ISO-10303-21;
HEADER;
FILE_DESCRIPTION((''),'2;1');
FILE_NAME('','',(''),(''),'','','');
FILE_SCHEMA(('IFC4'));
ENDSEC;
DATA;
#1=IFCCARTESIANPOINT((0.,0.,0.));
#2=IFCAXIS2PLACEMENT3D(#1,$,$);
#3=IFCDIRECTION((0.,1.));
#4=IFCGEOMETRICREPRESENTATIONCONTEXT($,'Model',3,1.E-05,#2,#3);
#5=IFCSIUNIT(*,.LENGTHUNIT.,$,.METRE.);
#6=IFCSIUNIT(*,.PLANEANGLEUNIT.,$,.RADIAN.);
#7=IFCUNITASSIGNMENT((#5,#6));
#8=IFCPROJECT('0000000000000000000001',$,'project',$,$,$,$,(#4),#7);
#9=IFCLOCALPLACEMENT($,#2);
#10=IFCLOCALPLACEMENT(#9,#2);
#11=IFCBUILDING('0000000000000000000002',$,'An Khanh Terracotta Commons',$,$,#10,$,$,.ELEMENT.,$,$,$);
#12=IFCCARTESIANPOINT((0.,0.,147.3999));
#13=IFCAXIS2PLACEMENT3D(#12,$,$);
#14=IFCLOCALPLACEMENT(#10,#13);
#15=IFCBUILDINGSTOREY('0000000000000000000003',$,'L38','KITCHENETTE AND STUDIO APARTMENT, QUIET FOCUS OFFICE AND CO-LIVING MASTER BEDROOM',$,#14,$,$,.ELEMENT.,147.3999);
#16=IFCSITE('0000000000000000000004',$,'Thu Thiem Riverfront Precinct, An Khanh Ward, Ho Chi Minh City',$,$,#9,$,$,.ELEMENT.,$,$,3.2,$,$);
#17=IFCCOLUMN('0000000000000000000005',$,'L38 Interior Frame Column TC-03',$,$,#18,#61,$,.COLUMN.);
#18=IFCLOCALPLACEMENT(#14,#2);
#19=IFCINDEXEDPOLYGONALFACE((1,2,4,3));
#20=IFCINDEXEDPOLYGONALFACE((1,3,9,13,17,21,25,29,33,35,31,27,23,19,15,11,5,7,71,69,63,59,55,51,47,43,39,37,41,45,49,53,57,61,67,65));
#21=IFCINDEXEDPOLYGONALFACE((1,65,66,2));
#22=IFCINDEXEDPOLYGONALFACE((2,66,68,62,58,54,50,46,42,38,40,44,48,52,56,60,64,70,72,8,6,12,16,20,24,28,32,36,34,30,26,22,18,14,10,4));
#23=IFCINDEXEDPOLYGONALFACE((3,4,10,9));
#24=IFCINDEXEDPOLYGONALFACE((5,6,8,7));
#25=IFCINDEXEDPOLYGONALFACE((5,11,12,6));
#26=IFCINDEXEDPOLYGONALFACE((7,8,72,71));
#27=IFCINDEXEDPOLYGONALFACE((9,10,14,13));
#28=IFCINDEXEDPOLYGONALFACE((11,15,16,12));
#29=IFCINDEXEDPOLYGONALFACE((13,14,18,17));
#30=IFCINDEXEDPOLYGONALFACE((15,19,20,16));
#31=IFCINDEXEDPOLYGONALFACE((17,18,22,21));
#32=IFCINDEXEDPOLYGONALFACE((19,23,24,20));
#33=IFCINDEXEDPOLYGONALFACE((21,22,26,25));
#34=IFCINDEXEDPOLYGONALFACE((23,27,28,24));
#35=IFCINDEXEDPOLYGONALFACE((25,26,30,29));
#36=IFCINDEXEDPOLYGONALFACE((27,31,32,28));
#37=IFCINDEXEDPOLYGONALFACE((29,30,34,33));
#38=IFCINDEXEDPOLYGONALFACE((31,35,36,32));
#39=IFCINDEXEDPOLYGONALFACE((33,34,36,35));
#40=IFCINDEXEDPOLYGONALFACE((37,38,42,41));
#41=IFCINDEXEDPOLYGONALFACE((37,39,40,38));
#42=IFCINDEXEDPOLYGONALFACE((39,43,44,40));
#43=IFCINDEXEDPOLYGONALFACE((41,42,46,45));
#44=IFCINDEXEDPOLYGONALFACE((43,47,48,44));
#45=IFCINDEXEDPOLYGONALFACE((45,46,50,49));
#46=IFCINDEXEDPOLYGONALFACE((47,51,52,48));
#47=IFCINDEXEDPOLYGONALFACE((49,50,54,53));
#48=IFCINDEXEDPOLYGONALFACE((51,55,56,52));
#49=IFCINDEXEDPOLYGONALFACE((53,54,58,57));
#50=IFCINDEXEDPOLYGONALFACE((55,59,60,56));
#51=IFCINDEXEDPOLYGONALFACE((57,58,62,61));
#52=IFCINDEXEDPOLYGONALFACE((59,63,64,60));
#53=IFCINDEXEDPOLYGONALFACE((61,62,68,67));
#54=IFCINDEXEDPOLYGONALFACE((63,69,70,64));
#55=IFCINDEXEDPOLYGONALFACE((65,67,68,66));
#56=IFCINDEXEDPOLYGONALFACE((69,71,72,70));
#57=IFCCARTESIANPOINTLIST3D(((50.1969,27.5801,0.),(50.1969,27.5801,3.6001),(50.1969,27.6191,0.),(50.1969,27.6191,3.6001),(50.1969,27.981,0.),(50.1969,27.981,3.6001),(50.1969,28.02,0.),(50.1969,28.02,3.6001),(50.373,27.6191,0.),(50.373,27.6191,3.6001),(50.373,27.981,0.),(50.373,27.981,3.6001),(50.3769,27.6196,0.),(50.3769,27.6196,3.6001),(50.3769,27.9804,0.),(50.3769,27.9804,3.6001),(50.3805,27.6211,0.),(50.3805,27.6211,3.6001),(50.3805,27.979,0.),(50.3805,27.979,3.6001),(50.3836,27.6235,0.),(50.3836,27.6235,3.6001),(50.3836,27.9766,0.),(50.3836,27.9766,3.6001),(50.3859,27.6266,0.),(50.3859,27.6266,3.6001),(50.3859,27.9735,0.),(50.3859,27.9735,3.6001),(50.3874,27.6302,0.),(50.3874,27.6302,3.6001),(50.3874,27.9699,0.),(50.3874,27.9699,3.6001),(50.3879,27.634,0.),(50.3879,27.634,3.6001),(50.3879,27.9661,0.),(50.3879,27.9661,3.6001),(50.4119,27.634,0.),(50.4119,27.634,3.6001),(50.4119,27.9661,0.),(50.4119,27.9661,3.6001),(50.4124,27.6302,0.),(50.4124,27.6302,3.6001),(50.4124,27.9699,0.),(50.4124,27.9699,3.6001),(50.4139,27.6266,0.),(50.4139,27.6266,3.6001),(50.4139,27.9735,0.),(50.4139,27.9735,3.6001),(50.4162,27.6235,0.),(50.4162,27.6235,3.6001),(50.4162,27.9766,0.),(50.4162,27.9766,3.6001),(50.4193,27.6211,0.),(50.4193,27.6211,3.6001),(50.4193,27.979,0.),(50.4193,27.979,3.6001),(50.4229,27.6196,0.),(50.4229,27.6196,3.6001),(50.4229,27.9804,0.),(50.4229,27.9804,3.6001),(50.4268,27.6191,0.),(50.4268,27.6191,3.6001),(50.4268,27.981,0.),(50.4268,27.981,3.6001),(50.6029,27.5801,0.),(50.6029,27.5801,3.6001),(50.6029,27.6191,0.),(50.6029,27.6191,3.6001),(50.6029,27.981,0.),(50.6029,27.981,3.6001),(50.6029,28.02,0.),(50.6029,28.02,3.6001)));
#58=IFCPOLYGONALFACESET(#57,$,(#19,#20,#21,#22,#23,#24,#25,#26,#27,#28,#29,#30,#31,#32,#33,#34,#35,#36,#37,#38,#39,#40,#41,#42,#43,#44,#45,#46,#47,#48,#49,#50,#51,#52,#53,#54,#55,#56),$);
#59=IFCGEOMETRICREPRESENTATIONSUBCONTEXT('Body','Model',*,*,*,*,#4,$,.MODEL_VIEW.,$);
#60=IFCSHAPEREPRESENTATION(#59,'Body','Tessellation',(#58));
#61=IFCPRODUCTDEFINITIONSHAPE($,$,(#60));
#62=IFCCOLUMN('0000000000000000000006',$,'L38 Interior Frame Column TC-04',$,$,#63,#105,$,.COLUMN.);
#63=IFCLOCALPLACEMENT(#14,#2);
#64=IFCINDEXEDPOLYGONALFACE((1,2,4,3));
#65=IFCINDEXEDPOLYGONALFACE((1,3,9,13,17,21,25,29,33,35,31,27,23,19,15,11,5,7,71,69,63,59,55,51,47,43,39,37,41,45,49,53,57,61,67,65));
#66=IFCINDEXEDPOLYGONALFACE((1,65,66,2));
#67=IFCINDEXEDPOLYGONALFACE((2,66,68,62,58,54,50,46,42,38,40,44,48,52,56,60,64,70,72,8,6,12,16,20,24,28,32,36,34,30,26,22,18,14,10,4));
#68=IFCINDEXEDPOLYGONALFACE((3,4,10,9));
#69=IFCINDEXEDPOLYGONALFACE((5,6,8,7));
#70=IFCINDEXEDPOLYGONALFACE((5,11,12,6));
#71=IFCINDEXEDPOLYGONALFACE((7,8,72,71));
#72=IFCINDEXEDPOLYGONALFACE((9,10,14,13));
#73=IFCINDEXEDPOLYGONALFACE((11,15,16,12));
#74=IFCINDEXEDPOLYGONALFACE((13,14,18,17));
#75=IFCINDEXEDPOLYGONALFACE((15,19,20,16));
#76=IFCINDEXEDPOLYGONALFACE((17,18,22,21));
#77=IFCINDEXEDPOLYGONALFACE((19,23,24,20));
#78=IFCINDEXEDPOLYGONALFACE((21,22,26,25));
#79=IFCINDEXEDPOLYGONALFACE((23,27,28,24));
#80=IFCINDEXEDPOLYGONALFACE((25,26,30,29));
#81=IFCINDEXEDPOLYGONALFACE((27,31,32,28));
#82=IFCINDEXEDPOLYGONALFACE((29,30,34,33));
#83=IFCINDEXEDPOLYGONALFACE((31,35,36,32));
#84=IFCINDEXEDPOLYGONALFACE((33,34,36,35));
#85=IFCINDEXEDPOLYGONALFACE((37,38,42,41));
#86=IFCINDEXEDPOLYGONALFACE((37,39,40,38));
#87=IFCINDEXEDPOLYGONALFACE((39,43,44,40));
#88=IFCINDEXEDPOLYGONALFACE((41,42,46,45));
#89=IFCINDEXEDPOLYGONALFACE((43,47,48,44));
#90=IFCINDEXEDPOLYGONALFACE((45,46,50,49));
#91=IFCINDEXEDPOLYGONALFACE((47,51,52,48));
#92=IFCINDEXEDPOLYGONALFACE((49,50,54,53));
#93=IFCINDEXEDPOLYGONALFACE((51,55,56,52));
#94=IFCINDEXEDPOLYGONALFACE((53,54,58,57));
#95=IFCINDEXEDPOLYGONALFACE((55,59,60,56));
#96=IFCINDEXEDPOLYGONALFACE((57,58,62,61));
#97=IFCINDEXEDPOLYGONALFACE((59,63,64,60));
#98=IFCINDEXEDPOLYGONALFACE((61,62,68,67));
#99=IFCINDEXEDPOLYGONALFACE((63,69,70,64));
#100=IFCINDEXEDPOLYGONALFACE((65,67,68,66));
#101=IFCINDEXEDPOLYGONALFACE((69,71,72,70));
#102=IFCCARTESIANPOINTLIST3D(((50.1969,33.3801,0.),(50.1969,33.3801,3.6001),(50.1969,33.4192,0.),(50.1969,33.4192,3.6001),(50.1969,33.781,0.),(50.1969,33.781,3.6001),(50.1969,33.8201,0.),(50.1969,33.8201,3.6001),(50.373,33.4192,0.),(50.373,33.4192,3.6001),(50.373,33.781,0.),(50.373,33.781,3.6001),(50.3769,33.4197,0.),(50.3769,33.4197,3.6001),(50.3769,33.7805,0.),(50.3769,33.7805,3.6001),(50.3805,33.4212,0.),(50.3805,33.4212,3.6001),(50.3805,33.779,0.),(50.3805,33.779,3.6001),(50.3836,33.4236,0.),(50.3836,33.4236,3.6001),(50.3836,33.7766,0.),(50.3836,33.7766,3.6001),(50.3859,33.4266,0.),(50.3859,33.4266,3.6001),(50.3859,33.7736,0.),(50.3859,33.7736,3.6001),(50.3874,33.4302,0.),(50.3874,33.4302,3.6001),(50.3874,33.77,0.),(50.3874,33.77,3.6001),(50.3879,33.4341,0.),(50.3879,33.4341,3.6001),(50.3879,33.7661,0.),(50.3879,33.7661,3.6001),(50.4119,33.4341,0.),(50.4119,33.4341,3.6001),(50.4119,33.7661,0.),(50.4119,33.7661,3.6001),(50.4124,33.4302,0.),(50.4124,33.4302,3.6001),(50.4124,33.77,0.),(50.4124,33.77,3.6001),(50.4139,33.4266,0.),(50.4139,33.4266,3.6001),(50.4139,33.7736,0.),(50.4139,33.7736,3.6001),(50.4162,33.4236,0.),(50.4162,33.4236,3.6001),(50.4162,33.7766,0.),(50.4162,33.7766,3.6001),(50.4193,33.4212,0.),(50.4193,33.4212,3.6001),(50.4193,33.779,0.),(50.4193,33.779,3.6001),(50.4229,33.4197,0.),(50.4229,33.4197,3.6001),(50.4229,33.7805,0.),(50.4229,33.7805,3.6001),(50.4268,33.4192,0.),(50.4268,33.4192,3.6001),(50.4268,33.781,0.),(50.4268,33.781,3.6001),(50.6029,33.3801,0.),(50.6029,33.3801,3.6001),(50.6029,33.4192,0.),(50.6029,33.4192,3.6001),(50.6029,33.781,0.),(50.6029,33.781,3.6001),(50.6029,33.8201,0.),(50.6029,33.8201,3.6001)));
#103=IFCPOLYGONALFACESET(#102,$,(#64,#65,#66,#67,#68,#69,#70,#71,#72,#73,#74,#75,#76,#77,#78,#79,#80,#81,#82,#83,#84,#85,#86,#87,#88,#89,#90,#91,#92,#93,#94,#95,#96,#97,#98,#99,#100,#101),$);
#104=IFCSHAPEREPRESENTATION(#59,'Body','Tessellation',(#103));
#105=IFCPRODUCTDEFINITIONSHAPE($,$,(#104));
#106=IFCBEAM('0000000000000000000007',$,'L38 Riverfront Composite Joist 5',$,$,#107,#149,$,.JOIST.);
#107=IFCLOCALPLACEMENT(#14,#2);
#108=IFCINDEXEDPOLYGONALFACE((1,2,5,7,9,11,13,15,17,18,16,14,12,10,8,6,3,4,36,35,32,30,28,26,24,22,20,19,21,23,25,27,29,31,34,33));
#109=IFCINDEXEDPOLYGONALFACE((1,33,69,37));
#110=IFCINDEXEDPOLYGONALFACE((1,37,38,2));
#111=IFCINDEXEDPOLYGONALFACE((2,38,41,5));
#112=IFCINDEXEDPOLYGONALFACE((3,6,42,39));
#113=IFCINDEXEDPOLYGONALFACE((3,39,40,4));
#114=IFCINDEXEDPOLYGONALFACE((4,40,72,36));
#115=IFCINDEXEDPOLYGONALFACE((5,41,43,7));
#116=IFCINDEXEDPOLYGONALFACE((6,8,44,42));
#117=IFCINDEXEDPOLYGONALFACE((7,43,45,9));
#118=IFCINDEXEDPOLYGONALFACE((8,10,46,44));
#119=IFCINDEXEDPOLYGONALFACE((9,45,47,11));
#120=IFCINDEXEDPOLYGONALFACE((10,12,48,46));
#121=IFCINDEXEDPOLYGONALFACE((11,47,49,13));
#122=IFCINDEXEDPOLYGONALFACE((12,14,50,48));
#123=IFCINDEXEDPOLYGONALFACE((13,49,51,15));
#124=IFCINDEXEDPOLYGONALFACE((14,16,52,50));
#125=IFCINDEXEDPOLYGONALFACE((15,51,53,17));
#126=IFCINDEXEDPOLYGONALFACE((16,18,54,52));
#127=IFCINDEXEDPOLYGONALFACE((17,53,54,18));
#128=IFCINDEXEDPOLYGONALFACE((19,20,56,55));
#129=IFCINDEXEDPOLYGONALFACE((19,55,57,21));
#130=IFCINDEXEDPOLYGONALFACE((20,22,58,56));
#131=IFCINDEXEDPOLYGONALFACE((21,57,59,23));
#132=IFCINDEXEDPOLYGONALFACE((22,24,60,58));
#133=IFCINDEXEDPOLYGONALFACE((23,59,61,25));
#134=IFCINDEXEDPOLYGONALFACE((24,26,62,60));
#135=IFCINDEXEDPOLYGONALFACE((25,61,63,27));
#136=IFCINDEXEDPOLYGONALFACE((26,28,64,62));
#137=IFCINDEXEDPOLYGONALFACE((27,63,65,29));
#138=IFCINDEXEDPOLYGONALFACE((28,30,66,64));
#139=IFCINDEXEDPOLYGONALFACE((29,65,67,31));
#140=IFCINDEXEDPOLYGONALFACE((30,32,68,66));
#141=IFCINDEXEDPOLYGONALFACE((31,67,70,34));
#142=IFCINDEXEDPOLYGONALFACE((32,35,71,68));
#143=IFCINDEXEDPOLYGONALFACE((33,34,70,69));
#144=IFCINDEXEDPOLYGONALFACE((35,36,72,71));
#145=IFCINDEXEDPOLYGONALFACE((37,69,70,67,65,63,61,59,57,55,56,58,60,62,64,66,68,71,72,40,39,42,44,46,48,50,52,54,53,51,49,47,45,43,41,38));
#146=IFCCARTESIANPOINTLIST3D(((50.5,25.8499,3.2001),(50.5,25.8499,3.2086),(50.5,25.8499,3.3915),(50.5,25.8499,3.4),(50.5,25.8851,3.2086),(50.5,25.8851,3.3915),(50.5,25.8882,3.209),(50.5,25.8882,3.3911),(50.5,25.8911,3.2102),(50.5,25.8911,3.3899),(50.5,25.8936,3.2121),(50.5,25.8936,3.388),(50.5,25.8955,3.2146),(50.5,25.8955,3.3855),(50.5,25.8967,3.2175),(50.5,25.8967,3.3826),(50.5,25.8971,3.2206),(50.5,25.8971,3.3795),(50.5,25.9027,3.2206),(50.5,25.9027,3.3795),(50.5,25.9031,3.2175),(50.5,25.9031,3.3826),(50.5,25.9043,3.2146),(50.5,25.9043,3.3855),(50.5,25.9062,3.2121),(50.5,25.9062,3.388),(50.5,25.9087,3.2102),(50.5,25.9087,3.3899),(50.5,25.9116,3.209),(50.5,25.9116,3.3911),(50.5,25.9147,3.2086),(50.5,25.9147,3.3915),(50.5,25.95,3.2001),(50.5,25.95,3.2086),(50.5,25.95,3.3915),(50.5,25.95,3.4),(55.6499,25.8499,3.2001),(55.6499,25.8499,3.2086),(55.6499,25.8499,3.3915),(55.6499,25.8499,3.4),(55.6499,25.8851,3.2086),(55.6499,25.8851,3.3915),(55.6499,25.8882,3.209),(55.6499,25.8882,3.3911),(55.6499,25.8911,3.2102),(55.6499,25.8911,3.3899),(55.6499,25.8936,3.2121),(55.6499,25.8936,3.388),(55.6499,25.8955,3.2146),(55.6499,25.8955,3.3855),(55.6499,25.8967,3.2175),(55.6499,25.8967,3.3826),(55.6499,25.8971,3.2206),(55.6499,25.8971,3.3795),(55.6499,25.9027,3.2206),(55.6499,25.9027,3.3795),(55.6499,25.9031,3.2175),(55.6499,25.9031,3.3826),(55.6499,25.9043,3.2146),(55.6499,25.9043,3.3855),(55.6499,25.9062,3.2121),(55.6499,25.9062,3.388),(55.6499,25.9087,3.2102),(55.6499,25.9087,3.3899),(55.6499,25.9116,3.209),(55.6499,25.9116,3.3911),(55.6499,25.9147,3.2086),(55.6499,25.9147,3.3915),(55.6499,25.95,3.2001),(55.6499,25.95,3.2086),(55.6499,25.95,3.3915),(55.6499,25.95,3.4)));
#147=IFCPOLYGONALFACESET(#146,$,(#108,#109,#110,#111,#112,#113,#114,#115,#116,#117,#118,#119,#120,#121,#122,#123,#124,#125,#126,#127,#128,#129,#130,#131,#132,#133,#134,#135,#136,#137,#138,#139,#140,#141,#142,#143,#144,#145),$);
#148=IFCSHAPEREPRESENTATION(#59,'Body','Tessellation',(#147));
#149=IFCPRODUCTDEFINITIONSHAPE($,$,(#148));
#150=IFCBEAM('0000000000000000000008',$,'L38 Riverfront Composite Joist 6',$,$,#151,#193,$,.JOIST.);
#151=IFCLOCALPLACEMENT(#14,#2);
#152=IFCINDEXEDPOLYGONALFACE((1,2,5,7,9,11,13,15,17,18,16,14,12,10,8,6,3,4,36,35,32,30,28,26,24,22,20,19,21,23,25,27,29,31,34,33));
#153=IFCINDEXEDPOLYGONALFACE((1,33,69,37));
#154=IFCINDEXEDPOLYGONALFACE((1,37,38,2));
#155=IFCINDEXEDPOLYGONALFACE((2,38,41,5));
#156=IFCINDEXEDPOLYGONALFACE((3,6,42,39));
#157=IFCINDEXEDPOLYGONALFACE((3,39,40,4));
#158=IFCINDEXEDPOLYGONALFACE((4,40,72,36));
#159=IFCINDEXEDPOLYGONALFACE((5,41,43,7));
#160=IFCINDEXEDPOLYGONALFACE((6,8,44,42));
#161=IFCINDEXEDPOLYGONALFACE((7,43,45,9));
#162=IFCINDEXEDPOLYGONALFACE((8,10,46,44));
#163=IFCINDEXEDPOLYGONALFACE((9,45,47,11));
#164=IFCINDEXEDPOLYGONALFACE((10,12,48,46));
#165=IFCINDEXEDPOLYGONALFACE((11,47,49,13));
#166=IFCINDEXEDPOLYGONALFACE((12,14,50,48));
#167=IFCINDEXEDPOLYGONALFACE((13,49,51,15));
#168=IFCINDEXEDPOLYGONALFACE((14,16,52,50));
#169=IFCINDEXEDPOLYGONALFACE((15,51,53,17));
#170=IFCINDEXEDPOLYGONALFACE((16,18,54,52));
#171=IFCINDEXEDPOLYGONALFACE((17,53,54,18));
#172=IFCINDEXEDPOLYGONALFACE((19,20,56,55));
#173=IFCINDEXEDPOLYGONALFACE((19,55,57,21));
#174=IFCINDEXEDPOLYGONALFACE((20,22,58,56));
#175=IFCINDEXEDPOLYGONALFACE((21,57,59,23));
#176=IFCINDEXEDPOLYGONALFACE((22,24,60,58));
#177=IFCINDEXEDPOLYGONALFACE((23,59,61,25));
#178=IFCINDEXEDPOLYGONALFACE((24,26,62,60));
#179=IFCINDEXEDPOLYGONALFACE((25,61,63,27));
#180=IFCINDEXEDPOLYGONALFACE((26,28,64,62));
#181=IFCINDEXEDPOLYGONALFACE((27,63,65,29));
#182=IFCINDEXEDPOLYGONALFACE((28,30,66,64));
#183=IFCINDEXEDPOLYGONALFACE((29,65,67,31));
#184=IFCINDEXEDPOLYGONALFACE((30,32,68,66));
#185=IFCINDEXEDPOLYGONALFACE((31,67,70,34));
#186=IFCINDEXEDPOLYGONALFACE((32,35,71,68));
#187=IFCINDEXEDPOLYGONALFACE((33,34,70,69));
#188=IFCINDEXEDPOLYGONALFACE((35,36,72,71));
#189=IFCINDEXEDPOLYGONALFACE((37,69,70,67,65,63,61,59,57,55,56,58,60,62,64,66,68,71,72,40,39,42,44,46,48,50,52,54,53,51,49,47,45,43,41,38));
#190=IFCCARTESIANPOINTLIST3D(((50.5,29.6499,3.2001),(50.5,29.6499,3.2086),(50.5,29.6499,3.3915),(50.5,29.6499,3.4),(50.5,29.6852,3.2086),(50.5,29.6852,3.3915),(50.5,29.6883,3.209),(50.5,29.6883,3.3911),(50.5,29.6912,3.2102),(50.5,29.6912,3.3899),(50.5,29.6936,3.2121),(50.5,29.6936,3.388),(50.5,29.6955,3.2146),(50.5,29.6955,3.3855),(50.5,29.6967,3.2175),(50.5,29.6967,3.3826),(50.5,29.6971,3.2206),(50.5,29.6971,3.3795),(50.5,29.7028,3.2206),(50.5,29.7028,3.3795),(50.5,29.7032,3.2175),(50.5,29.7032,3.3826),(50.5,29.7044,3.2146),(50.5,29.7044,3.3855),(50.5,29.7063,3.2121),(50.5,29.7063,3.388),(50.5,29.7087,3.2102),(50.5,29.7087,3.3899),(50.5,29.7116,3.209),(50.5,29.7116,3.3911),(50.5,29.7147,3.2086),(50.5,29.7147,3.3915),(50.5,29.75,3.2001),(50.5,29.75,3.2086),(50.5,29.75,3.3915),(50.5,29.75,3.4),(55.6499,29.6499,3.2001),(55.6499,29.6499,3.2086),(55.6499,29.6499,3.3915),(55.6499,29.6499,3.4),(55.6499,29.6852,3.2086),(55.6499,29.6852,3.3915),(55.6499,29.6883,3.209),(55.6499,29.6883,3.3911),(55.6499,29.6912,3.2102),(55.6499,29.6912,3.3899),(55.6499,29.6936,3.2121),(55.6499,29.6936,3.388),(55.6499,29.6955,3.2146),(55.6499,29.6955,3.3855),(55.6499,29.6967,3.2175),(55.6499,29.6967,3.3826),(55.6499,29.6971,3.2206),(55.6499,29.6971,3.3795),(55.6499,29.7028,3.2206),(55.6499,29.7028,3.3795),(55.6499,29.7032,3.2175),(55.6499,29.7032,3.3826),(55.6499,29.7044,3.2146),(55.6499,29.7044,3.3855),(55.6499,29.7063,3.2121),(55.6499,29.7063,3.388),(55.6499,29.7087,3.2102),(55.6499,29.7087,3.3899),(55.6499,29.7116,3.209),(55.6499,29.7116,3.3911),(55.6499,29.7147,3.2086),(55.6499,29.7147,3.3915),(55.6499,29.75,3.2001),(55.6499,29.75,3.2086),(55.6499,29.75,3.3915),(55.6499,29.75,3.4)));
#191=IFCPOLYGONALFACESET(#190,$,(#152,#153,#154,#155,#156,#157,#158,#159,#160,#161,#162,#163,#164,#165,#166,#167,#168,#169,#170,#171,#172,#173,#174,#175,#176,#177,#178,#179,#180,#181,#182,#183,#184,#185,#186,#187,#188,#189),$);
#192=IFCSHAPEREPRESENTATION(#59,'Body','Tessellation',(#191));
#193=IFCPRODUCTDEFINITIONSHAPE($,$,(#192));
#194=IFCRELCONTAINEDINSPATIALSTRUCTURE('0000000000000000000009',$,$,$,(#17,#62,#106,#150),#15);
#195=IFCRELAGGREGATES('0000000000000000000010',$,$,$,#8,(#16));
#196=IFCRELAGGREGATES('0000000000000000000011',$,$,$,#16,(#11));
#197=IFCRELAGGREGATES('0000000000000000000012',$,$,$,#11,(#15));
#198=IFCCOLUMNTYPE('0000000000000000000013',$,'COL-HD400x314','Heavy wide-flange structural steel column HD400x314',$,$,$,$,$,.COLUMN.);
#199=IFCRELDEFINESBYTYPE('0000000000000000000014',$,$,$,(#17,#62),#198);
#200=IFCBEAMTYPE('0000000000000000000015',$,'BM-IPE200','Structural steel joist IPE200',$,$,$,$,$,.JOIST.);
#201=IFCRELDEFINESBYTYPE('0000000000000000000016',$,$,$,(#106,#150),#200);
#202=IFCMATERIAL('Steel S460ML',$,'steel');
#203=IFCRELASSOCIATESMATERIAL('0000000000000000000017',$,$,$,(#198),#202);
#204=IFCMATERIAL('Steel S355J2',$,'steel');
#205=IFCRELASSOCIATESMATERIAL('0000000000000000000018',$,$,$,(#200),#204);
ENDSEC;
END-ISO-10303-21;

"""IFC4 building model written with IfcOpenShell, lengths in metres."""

from ifc_helpers import new_model, si_unit, direction, frame, origin, origin_2d, place, context, subcontext, project, spatial, i_section, extrude, material, material_profile, profile_set, type_object, element, save


model = new_model("IFC4")

# Units and contexts
model_context = context("Model", 3, precision=1e-05, world=origin(), true_north=direction((0.0, 1.0)))
body_context = subcontext(model_context, "Body", "Model", "MODEL_VIEW")
ifc_project = project(units=[si_unit("LENGTHUNIT", "METRE"), si_unit("PLANEANGLEUNIT", "RADIAN")], contexts=[model_context])

# Site, building, storey
site_placement = place(None, origin())
site = spatial("IfcSite", under=ifc_project, at=site_placement, Name="Thu Thiem Riverfront Precinct, An Khanh Ward, Ho Chi Minh City", CompositionType="ELEMENT", RefElevation=3.2)
building_placement = place(site_placement, origin())
building = spatial("IfcBuilding", under=site, at=building_placement, Name="An Khanh Terracotta Commons", CompositionType="ELEMENT")
storey_placement = place(building_placement, frame((0.0, 0.0, 147.3999)))
storey = spatial("IfcBuildingStorey", under=building, at=storey_placement, Name="L38", Description="KITCHENETTE AND STUDIO APARTMENT, QUIET FOCUS OFFICE AND CO-LIVING MASTER BEDROOM", CompositionType="ELEMENT", Elevation=147.3999)

# Columns
ifc_material_1 = material(Name="Steel S460ML", Category="steel")
ifc_material_profile_1 = material_profile(ifc_material_1, i_section(OverallWidth=0.406, OverallDepth=0.4399, WebThickness=0.0239, FlangeThickness=0.0391, FilletRadius=0.0149, at=origin_2d()), Name="HD400x314")
ifc_profile_set_1 = profile_set([ifc_material_profile_1], Name="Steel S460ML")
column_type = type_object("IfcColumnType", Name="COL-HD400x314", Description="Heavy wide-flange structural steel column HD400x314", PredefinedType="COLUMN", material=ifc_profile_set_1)
for number, where, z_axis, x_axis, name in (
    (1, (50.3999, 27.8, 0.0), (0.0, 0.0, 1.0), (1.0, 0.0, 0.0), "L38 Interior Frame Column TC-03"),
    (2, (50.3999, 33.6001, 0.0), (0.0, 0.0, 1.0), (1.0, 0.0, 0.0), "L38 Interior Frame Column TC-04"),
):
    element("IfcColumn", number, at=place(storey_placement, frame(where, z_axis=z_axis, x_axis=x_axis)), inside=storey, type_object=column_type, Name=name, PredefinedType="COLUMN", context=body_context, shape_type="SweptSolid", body=[
        extrude(i_section(OverallWidth=0.406, OverallDepth=0.4399, WebThickness=0.0239, FlangeThickness=0.0391, FilletRadius=0.0149, at=origin_2d()), origin(), (0.0, 0.0, 1.0), 3.6001),
    ])

# Beams
ifc_material_2 = material(Name="Steel S355J2", Category="steel")
ifc_material_profile_2 = material_profile(ifc_material_2, i_section(OverallWidth=0.1001, OverallDepth=0.2, WebThickness=0.0056, FlangeThickness=0.0085, FilletRadius=0.012, at=origin_2d()), Name="IPE200")
ifc_profile_set_2 = profile_set([ifc_material_profile_2], Name="Steel S355J2")
beam_type_1 = type_object("IfcBeamType", Name="BM-IPE200", Description="Structural steel joist IPE200", PredefinedType="JOIST", material=ifc_profile_set_2)
for number, where, z_axis, x_axis, name in (
    (3, (50.5, 25.8999, 3.3), (1.0, 0.0, 0.0), (0.0, 1.0, 0.0), "L38 Riverfront Composite Joist 5"),
    (4, (50.5, 29.7, 3.3), (1.0, 0.0, 0.0), (0.0, 1.0, 0.0), "L38 Riverfront Composite Joist 6"),
):
    element("IfcBeam", number, at=place(storey_placement, frame(where, z_axis=z_axis, x_axis=x_axis)), inside=storey, type_object=beam_type_1, Name=name, PredefinedType="JOIST", context=body_context, shape_type="SweptSolid", body=[
        extrude(i_section(OverallWidth=0.1001, OverallDepth=0.2, WebThickness=0.0056, FlangeThickness=0.0085, FilletRadius=0.012, at=origin_2d()), origin(), (0.0, 0.0, 1.0), 5.1499),
    ])

save(model, "model.ifc")
